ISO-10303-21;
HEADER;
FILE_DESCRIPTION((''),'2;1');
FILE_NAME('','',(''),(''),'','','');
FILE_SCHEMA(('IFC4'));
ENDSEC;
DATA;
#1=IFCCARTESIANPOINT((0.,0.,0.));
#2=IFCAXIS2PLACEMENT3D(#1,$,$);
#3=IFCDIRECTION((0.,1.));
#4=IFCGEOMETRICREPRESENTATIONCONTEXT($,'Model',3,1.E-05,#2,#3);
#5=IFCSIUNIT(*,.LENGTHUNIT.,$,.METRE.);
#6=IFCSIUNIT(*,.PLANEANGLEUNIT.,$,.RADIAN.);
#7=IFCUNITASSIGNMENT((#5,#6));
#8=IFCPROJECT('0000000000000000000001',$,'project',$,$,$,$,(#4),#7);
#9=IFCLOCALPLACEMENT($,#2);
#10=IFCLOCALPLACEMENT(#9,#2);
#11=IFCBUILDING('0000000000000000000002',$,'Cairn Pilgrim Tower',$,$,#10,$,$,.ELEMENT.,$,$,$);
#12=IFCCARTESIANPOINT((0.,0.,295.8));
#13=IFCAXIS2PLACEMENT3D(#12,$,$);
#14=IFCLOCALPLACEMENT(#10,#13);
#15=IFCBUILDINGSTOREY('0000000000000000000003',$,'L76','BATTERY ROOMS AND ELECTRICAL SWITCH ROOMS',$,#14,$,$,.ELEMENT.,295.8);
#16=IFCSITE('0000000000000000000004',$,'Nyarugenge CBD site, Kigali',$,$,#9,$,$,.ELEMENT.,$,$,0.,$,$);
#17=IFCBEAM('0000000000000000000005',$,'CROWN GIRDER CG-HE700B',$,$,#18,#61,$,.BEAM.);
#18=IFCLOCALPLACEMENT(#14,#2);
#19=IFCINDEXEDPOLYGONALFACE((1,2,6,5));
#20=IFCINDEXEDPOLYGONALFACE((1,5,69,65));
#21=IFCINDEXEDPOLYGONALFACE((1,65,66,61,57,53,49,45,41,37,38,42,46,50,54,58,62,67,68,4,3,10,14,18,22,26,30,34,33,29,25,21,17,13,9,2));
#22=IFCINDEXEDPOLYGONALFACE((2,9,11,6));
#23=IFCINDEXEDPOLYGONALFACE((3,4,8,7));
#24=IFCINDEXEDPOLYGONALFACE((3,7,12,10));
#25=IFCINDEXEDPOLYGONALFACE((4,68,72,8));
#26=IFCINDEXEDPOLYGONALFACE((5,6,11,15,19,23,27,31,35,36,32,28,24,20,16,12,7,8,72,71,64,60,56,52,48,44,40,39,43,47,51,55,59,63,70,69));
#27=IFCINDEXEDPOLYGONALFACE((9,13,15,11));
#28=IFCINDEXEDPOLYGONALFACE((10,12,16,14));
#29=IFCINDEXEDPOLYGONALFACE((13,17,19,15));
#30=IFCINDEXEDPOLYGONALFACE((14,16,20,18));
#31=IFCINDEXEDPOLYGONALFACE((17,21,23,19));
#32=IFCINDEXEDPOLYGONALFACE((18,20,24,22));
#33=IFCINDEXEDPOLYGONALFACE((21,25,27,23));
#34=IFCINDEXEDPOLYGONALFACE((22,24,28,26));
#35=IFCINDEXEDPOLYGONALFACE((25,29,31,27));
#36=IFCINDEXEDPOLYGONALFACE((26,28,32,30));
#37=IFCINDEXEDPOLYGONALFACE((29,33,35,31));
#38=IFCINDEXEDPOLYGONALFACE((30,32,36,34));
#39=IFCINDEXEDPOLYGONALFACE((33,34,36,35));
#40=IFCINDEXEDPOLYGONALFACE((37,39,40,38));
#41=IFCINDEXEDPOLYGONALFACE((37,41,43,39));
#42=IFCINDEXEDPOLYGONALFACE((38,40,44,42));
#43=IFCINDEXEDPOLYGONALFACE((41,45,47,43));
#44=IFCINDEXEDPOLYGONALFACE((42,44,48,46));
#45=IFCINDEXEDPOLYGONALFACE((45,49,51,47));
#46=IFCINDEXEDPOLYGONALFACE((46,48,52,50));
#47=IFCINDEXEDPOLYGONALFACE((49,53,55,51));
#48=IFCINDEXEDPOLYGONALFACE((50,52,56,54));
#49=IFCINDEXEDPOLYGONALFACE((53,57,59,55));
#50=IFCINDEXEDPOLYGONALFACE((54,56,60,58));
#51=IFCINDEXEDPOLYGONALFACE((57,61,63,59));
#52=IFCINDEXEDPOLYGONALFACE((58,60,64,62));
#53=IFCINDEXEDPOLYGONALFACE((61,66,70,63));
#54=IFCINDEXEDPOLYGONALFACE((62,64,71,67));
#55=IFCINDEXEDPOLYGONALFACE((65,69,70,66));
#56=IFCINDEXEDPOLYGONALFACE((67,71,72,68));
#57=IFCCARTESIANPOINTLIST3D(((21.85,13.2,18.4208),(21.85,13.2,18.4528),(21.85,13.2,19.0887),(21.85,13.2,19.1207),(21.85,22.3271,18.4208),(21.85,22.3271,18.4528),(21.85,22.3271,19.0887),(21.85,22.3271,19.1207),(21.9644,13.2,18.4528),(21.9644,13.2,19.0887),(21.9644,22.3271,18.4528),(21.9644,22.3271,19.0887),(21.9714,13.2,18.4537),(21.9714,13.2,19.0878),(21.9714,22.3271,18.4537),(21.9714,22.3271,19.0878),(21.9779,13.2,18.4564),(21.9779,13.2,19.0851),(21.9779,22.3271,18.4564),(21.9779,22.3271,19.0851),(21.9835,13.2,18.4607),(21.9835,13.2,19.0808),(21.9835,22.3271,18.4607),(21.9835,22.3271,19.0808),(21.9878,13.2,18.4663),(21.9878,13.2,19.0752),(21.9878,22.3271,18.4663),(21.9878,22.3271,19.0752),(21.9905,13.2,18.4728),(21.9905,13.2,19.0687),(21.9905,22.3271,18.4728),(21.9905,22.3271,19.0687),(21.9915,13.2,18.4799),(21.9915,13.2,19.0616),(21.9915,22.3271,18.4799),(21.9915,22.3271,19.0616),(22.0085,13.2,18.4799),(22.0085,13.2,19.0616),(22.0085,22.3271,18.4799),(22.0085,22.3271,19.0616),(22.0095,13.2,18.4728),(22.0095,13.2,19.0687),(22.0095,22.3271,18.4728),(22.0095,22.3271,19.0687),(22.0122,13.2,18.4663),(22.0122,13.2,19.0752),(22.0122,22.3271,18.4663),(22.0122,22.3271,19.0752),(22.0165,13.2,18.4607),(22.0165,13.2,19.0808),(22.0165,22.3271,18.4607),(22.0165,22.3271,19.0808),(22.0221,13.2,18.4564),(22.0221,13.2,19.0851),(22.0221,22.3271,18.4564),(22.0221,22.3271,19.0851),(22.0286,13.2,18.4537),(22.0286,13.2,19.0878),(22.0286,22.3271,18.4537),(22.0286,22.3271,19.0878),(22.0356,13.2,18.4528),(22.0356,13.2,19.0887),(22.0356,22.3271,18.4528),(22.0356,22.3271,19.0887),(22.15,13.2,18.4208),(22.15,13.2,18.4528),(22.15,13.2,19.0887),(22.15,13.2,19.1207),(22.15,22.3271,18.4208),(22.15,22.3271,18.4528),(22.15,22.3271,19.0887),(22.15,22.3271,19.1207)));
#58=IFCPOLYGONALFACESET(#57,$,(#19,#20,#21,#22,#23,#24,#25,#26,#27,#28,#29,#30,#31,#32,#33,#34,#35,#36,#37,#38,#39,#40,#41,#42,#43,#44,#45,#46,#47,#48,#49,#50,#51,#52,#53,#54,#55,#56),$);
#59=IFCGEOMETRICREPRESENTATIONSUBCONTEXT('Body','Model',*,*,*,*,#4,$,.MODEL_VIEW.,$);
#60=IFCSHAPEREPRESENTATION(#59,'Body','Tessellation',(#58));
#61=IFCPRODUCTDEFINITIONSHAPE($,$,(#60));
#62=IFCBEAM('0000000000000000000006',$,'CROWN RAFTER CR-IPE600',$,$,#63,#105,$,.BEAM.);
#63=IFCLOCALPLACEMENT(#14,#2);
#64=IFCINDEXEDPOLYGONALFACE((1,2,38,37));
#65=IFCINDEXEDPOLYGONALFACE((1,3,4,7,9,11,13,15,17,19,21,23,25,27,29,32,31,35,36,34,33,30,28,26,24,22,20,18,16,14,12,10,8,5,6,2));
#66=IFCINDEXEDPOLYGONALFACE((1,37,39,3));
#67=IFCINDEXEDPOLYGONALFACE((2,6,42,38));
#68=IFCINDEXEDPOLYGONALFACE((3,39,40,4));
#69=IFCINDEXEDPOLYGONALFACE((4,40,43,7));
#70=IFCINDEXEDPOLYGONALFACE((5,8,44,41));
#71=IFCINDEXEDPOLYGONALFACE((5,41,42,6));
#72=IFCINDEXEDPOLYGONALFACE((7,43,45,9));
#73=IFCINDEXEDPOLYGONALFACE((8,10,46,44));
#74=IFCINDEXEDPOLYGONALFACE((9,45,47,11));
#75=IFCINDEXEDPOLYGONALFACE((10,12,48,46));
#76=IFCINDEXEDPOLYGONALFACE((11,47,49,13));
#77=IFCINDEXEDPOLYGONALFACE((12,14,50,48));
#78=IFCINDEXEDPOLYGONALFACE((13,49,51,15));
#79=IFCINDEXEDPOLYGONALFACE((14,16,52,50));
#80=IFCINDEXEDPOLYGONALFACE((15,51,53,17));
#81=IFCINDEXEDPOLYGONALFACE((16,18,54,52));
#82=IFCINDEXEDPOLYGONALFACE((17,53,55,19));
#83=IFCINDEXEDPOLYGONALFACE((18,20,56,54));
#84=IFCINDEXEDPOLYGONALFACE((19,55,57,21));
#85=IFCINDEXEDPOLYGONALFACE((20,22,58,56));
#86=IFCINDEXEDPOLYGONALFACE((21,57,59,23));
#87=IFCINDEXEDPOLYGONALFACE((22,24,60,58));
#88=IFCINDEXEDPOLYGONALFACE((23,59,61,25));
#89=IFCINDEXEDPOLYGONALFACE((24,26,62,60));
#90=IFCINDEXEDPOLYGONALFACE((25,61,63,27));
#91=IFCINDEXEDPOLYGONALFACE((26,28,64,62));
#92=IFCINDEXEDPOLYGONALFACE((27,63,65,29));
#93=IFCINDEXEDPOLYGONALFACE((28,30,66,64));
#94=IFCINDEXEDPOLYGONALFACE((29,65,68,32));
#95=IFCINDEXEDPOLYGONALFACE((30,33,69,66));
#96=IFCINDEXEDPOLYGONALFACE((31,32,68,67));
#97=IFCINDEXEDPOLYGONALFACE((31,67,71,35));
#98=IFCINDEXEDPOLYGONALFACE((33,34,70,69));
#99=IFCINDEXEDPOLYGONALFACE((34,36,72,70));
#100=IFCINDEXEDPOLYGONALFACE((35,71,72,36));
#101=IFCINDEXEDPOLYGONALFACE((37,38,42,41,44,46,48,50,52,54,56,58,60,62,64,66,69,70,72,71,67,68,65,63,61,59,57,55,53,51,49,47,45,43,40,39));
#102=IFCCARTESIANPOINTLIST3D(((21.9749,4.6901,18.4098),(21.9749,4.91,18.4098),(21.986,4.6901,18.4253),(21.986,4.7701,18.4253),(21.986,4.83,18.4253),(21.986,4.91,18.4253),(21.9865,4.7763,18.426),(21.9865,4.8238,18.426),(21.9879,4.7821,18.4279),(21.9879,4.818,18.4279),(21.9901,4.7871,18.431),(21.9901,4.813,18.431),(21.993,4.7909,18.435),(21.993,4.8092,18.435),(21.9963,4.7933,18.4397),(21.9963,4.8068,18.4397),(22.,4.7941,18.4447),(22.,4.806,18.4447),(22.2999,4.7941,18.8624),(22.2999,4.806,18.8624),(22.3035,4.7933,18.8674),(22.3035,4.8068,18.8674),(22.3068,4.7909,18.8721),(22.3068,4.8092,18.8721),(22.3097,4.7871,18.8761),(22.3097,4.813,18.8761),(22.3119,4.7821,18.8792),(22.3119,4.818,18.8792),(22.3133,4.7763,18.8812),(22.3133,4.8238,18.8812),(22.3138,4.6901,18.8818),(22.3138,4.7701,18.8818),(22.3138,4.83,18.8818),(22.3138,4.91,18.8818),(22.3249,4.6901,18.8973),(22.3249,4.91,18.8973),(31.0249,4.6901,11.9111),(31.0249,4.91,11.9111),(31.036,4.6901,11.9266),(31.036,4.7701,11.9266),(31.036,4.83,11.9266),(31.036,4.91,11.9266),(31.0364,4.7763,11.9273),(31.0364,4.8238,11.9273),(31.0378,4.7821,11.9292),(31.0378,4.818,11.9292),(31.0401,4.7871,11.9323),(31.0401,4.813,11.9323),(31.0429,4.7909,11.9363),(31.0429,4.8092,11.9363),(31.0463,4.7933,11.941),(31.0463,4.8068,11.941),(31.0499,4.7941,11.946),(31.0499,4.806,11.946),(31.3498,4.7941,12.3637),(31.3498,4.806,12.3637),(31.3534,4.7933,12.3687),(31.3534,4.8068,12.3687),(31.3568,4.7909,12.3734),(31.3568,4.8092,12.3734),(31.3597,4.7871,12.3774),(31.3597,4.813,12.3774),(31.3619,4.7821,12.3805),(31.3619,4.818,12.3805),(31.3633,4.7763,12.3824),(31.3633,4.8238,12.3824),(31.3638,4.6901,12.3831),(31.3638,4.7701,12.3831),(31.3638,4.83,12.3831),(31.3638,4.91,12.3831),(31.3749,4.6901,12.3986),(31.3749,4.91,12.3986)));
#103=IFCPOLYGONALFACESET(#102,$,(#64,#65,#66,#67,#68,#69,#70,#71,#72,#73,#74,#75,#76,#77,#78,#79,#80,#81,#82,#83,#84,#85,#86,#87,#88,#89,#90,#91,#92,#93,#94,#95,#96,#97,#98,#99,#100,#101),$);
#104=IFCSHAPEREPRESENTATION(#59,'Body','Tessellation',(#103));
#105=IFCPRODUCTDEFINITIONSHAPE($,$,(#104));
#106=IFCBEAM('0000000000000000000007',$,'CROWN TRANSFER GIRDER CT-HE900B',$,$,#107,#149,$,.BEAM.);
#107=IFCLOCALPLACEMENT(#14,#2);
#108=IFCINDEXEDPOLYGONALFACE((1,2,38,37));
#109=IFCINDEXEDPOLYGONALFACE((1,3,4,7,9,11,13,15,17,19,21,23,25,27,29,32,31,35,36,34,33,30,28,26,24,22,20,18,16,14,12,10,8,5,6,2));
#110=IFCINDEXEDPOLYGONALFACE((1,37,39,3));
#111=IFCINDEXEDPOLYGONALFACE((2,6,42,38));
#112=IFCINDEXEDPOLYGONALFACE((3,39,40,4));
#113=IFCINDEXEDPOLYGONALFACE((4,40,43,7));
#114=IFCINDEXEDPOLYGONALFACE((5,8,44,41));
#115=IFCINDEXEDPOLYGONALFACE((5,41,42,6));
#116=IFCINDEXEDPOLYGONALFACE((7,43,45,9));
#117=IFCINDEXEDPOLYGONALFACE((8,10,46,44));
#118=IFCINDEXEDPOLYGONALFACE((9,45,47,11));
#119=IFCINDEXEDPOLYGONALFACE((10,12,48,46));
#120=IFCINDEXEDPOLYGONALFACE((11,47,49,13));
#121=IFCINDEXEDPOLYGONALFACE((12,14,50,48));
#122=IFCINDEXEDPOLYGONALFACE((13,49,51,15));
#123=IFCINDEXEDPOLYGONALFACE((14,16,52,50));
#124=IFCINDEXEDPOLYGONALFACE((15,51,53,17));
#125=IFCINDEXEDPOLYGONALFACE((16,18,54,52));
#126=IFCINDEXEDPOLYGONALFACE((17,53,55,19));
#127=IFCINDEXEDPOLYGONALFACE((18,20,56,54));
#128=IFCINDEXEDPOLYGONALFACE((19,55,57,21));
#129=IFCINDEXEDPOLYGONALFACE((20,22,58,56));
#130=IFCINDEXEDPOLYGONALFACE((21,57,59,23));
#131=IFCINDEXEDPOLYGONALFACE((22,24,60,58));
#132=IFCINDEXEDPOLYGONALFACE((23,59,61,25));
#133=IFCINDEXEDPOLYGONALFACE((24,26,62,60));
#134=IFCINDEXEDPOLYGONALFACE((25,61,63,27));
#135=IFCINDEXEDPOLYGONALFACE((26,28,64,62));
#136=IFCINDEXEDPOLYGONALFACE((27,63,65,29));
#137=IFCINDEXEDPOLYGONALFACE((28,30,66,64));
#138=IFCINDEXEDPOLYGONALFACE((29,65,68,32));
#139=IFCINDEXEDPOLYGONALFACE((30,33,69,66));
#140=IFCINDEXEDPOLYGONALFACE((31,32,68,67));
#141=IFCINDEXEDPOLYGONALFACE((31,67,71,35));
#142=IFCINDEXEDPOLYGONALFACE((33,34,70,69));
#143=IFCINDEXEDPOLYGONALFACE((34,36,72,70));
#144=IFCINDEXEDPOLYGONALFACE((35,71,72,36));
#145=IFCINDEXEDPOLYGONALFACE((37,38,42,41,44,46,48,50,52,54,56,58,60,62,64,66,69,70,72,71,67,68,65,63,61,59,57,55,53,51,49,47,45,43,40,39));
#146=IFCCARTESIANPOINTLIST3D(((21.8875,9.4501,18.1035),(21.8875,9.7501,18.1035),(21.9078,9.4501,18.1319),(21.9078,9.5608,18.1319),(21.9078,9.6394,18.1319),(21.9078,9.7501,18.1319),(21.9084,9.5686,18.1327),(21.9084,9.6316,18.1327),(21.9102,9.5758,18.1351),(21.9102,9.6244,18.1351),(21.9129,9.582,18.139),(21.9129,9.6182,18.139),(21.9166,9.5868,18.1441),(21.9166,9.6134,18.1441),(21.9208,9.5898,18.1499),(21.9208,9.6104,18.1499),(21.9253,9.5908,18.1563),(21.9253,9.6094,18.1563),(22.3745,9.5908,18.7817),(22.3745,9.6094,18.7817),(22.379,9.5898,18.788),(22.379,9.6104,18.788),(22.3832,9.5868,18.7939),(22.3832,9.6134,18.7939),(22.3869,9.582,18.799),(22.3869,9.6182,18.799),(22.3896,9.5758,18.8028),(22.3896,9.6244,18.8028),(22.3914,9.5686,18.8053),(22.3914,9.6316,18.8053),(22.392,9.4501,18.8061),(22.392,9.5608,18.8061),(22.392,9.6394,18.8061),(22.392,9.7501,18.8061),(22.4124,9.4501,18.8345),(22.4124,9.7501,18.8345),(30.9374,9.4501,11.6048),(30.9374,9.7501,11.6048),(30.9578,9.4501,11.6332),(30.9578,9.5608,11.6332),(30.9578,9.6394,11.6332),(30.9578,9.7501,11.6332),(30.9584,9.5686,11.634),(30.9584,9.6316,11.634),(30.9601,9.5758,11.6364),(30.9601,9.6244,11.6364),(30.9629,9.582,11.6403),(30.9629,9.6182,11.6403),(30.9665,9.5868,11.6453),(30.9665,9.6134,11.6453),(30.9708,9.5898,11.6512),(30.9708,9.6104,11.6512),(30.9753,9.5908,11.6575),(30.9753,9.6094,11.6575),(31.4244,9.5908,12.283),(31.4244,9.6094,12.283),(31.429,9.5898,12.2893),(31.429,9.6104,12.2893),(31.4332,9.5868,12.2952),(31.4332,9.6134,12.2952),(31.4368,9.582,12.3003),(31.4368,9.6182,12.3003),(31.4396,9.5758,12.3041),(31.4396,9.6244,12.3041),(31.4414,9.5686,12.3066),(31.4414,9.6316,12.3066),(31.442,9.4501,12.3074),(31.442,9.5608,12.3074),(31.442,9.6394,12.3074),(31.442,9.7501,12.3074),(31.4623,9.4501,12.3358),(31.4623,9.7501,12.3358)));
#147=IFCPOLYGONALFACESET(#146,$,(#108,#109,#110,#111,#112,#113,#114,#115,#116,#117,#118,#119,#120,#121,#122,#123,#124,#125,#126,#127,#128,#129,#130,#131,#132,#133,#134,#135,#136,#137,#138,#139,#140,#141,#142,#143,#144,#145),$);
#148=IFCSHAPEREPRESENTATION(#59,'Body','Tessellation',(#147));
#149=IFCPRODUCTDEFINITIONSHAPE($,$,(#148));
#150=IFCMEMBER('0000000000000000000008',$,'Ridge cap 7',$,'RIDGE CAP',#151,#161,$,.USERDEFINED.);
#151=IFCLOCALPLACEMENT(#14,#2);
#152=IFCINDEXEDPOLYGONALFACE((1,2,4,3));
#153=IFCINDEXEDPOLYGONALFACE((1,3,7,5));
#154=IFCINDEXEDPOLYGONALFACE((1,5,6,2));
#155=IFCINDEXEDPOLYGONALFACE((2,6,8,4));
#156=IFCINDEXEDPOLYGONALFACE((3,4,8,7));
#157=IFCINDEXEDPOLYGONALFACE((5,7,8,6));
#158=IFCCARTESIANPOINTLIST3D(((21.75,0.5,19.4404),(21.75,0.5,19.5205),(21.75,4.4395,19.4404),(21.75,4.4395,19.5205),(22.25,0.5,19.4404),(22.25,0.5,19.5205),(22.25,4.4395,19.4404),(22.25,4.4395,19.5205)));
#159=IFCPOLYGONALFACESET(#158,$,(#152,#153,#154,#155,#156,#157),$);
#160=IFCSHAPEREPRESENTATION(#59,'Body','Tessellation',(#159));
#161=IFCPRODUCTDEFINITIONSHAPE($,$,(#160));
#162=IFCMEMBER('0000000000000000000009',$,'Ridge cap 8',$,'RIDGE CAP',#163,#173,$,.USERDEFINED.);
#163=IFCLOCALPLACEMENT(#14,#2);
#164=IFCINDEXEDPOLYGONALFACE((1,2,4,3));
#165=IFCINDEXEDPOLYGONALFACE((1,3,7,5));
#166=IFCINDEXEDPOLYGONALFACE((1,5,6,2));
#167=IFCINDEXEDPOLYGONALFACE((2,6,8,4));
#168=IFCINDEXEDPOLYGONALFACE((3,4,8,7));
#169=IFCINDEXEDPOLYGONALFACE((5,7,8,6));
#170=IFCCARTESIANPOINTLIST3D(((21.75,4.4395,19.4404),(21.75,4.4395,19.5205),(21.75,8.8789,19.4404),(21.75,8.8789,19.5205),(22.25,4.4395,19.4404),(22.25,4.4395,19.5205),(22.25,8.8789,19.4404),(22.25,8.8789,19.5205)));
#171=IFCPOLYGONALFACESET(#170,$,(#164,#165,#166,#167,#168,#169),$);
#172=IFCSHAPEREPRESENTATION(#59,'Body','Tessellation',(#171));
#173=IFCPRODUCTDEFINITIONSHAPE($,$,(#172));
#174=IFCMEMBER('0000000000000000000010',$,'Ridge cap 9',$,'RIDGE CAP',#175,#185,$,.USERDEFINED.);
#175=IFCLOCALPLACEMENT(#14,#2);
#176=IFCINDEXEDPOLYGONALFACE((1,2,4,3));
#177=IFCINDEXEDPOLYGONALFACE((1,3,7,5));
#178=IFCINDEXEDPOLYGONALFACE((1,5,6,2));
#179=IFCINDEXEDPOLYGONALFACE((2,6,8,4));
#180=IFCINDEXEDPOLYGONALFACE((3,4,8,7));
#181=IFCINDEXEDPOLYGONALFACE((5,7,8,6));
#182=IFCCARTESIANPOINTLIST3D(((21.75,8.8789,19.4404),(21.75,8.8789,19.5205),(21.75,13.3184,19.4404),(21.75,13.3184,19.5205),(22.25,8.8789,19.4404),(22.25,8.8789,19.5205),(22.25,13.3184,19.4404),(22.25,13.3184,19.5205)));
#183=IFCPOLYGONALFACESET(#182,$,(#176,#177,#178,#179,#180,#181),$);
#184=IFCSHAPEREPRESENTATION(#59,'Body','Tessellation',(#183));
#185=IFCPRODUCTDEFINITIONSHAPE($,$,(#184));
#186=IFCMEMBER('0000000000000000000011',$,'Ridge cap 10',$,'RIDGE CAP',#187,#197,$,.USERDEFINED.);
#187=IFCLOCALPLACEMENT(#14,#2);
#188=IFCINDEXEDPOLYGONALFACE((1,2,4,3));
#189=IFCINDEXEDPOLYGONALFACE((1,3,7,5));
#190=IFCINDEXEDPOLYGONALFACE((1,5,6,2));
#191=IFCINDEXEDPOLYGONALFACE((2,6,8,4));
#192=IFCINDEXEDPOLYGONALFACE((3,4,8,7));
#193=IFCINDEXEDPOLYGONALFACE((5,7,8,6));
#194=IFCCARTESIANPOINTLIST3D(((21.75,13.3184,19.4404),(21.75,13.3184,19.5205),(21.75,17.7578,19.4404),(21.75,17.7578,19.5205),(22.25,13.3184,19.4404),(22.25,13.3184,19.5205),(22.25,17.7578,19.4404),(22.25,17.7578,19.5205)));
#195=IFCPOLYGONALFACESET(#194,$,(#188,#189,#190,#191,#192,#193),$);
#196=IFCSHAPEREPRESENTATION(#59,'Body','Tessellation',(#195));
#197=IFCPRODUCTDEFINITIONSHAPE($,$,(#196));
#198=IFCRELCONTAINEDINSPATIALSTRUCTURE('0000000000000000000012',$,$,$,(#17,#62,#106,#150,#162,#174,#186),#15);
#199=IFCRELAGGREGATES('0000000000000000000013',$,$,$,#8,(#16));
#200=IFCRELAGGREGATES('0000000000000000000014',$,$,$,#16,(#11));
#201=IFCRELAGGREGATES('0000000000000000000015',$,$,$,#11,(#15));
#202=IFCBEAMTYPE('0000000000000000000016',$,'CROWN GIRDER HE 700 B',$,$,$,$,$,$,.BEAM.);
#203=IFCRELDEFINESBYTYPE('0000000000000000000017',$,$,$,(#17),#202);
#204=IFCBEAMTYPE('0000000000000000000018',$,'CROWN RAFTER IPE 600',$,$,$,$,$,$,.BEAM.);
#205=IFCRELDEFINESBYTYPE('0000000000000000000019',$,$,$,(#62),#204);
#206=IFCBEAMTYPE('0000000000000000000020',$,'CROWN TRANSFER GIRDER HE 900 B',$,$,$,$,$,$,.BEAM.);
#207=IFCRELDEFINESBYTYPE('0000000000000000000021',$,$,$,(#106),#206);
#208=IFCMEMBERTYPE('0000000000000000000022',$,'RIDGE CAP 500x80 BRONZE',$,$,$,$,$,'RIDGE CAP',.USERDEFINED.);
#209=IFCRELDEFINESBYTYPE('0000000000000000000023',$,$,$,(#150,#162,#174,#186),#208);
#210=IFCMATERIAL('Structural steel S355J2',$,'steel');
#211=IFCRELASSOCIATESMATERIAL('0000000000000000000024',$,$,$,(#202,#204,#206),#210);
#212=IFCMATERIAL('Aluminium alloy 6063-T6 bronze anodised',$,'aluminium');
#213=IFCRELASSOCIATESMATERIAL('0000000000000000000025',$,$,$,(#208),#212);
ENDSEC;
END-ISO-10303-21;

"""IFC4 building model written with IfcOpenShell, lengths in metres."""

from ifc_helpers import new_model, si_unit, direction, frame, origin, origin_2d, place, context, subcontext, project, spatial, rectangle, i_section, extrude, material, material_profile, profile_set, type_object, element, save


model = new_model("IFC4")

# Units and contexts
model_context = context("Model", 3, precision=1e-05, world=origin(), true_north=direction((0.0, 1.0)))
body_context = subcontext(model_context, "Body", "Model", "MODEL_VIEW")
ifc_project = project(units=[si_unit("LENGTHUNIT", "METRE"), si_unit("PLANEANGLEUNIT", "RADIAN")], contexts=[model_context])

# Site, building, storey
site_placement = place(None, origin())
site = spatial("IfcSite", under=ifc_project, at=site_placement, Name="Nyarugenge CBD site, Kigali", CompositionType="ELEMENT", RefElevation=0.0)
building_placement = place(site_placement, origin())
building = spatial("IfcBuilding", under=site, at=building_placement, Name="Cairn Pilgrim Tower", CompositionType="ELEMENT")
storey_placement = place(building_placement, frame((0.0, 0.0, 295.8)))
storey = spatial("IfcBuildingStorey", under=building, at=storey_placement, Name="L76", Description="BATTERY ROOMS AND ELECTRICAL SWITCH ROOMS", CompositionType="ELEMENT", Elevation=295.8)

# Beams
ifc_material_1 = material(Name="Structural steel S355J2", Category="steel")
ifc_material_profile_1 = material_profile(ifc_material_1, i_section(OverallWidth=0.3, OverallDepth=0.7, WebThickness=0.0171, FlangeThickness=0.032, FilletRadius=0.0271, at=origin_2d()), Name="HEB 700")
ifc_profile_set_1 = profile_set([ifc_material_profile_1], Name="Structural steel S355J2")
beam_type_1 = type_object("IfcBeamType", Name="CROWN GIRDER HE 700 B", PredefinedType="BEAM", material=ifc_profile_set_1)
beam_1_placement = place(storey_placement, frame((22.0, 13.2, 18.7708), z_axis=(0.0, 1.0, 0.0), x_axis=(-1.0, 0.0, 0.0)))
element("IfcBeam", 1, at=beam_1_placement, inside=storey, type_object=beam_type_1, Name="CROWN GIRDER CG-HE700B", PredefinedType="BEAM", context=body_context, shape_type="SweptSolid", body=[
    extrude(i_section(OverallWidth=0.3, OverallDepth=0.7, WebThickness=0.0171, FlangeThickness=0.032, FilletRadius=0.0271, at=origin_2d()), origin(), (0.0, 0.0, 1.0), 9.1272),
])
ifc_material_profile_2 = material_profile(ifc_material_1, i_section(OverallWidth=0.22, OverallDepth=0.6001, WebThickness=0.012, FlangeThickness=0.019, FilletRadius=0.0239, at=origin_2d()), Name="IPE 600")
ifc_profile_set_2 = profile_set([ifc_material_profile_2], Name="Structural steel S355J2")
beam_type_2 = type_object("IfcBeamType", Name="CROWN RAFTER IPE 600", PredefinedType="BEAM", material=ifc_profile_set_2)
beam_2_placement = place(storey_placement, frame((22.1499, 4.8, 18.6536), z_axis=(0.812268, 0.0, -0.583284), x_axis=(0.0, 1.0, 0.0)))
element("IfcBeam", 2, at=beam_2_placement, inside=storey, type_object=beam_type_2, Name="CROWN RAFTER CR-IPE600", PredefinedType="BEAM", context=body_context, shape_type="SweptSolid", body=[
    extrude(i_section(OverallWidth=0.22, OverallDepth=0.6001, WebThickness=0.012, FlangeThickness=0.019, FilletRadius=0.0239, at=origin_2d()), origin(), (0.0, 0.0, 1.0), 11.1416),
])
ifc_material_profile_3 = material_profile(ifc_material_1, i_section(OverallWidth=0.3, OverallDepth=0.8999, WebThickness=0.0186, FlangeThickness=0.0349, FilletRadius=0.03, at=origin_2d()), Name="HEB 900")
ifc_profile_set_3 = profile_set([ifc_material_profile_3], Name="Structural steel S355J2")
beam_type_3 = type_object("IfcBeamType", Name="CROWN TRANSFER GIRDER HE 900 B", PredefinedType="BEAM", material=ifc_profile_set_3)
beam_3_placement = place(storey_placement, frame((22.1499, 9.6001, 18.469), z_axis=(0.812268, 0.0, -0.583284), x_axis=(0.0, 1.0, 0.0)))
element("IfcBeam", 3, at=beam_3_placement, inside=storey, type_object=beam_type_3, Name="CROWN TRANSFER GIRDER CT-HE900B", PredefinedType="BEAM", context=body_context, shape_type="SweptSolid", body=[
    extrude(i_section(OverallWidth=0.3, OverallDepth=0.8999, WebThickness=0.0186, FlangeThickness=0.0349, FilletRadius=0.03, at=origin_2d()), origin(), (0.0, 0.0, 1.0), 11.1416),
])

# Members
ifc_material_2 = material(Name="Aluminium alloy 6063-T6 bronze anodised", Category="aluminium")
ifc_material_profile_4 = material_profile(ifc_material_2, rectangle(XDim=0.5, YDim=0.0801, at=origin_2d()), Name="RIDGE CAP 500x80 BRONZE")
ifc_profile_set_4 = profile_set([ifc_material_profile_4], Name="Aluminium alloy 6063-T6 bronze anodised")
member_type_1 = type_object("IfcMemberType", Name="RIDGE CAP 500x80 BRONZE", ElementType="RIDGE CAP", PredefinedType="USERDEFINED", material=ifc_profile_set_4)
member_placement = place(storey_placement, frame((22.0, 0.5, 19.4805), z_axis=(0.0, 1.0, 0.0), x_axis=(-1.0, 0.0, 0.0)))
element("IfcMember", 4, at=member_placement, inside=storey, type_object=member_type_1, Name="Ridge cap 7", ObjectType="RIDGE CAP", PredefinedType="USERDEFINED", context=body_context, shape_type="SweptSolid", body=[
    extrude(rectangle(XDim=0.5, YDim=0.0801, at=origin_2d()), origin(), (0.0, 0.0, 1.0), 3.9395),
])
for number, where, z_axis, x_axis, name in (
    (5, (22.0, 4.4395, 19.4805), (0.0, 1.0, 0.0), (-1.0, 0.0, 0.0), "Ridge cap 8"),
    (6, (22.0, 8.8789, 19.4805), (0.0, 1.0, 0.0), (-1.0, 0.0, 0.0), "Ridge cap 9"),
    (7, (22.0, 13.3184, 19.4805), (0.0, 1.0, 0.0), (-1.0, 0.0, 0.0), "Ridge cap 10"),
):
    element("IfcMember", number, at=place(storey_placement, frame(where, z_axis=z_axis, x_axis=x_axis)), inside=storey, type_object=member_type_1, Name=name, ObjectType="RIDGE CAP", PredefinedType="USERDEFINED", context=body_context, shape_type="SweptSolid", body=[
        extrude(rectangle(XDim=0.5, YDim=0.0801, at=origin_2d()), origin(), (0.0, 0.0, 1.0), 4.4395),
    ])

save(model, "model.ifc")
